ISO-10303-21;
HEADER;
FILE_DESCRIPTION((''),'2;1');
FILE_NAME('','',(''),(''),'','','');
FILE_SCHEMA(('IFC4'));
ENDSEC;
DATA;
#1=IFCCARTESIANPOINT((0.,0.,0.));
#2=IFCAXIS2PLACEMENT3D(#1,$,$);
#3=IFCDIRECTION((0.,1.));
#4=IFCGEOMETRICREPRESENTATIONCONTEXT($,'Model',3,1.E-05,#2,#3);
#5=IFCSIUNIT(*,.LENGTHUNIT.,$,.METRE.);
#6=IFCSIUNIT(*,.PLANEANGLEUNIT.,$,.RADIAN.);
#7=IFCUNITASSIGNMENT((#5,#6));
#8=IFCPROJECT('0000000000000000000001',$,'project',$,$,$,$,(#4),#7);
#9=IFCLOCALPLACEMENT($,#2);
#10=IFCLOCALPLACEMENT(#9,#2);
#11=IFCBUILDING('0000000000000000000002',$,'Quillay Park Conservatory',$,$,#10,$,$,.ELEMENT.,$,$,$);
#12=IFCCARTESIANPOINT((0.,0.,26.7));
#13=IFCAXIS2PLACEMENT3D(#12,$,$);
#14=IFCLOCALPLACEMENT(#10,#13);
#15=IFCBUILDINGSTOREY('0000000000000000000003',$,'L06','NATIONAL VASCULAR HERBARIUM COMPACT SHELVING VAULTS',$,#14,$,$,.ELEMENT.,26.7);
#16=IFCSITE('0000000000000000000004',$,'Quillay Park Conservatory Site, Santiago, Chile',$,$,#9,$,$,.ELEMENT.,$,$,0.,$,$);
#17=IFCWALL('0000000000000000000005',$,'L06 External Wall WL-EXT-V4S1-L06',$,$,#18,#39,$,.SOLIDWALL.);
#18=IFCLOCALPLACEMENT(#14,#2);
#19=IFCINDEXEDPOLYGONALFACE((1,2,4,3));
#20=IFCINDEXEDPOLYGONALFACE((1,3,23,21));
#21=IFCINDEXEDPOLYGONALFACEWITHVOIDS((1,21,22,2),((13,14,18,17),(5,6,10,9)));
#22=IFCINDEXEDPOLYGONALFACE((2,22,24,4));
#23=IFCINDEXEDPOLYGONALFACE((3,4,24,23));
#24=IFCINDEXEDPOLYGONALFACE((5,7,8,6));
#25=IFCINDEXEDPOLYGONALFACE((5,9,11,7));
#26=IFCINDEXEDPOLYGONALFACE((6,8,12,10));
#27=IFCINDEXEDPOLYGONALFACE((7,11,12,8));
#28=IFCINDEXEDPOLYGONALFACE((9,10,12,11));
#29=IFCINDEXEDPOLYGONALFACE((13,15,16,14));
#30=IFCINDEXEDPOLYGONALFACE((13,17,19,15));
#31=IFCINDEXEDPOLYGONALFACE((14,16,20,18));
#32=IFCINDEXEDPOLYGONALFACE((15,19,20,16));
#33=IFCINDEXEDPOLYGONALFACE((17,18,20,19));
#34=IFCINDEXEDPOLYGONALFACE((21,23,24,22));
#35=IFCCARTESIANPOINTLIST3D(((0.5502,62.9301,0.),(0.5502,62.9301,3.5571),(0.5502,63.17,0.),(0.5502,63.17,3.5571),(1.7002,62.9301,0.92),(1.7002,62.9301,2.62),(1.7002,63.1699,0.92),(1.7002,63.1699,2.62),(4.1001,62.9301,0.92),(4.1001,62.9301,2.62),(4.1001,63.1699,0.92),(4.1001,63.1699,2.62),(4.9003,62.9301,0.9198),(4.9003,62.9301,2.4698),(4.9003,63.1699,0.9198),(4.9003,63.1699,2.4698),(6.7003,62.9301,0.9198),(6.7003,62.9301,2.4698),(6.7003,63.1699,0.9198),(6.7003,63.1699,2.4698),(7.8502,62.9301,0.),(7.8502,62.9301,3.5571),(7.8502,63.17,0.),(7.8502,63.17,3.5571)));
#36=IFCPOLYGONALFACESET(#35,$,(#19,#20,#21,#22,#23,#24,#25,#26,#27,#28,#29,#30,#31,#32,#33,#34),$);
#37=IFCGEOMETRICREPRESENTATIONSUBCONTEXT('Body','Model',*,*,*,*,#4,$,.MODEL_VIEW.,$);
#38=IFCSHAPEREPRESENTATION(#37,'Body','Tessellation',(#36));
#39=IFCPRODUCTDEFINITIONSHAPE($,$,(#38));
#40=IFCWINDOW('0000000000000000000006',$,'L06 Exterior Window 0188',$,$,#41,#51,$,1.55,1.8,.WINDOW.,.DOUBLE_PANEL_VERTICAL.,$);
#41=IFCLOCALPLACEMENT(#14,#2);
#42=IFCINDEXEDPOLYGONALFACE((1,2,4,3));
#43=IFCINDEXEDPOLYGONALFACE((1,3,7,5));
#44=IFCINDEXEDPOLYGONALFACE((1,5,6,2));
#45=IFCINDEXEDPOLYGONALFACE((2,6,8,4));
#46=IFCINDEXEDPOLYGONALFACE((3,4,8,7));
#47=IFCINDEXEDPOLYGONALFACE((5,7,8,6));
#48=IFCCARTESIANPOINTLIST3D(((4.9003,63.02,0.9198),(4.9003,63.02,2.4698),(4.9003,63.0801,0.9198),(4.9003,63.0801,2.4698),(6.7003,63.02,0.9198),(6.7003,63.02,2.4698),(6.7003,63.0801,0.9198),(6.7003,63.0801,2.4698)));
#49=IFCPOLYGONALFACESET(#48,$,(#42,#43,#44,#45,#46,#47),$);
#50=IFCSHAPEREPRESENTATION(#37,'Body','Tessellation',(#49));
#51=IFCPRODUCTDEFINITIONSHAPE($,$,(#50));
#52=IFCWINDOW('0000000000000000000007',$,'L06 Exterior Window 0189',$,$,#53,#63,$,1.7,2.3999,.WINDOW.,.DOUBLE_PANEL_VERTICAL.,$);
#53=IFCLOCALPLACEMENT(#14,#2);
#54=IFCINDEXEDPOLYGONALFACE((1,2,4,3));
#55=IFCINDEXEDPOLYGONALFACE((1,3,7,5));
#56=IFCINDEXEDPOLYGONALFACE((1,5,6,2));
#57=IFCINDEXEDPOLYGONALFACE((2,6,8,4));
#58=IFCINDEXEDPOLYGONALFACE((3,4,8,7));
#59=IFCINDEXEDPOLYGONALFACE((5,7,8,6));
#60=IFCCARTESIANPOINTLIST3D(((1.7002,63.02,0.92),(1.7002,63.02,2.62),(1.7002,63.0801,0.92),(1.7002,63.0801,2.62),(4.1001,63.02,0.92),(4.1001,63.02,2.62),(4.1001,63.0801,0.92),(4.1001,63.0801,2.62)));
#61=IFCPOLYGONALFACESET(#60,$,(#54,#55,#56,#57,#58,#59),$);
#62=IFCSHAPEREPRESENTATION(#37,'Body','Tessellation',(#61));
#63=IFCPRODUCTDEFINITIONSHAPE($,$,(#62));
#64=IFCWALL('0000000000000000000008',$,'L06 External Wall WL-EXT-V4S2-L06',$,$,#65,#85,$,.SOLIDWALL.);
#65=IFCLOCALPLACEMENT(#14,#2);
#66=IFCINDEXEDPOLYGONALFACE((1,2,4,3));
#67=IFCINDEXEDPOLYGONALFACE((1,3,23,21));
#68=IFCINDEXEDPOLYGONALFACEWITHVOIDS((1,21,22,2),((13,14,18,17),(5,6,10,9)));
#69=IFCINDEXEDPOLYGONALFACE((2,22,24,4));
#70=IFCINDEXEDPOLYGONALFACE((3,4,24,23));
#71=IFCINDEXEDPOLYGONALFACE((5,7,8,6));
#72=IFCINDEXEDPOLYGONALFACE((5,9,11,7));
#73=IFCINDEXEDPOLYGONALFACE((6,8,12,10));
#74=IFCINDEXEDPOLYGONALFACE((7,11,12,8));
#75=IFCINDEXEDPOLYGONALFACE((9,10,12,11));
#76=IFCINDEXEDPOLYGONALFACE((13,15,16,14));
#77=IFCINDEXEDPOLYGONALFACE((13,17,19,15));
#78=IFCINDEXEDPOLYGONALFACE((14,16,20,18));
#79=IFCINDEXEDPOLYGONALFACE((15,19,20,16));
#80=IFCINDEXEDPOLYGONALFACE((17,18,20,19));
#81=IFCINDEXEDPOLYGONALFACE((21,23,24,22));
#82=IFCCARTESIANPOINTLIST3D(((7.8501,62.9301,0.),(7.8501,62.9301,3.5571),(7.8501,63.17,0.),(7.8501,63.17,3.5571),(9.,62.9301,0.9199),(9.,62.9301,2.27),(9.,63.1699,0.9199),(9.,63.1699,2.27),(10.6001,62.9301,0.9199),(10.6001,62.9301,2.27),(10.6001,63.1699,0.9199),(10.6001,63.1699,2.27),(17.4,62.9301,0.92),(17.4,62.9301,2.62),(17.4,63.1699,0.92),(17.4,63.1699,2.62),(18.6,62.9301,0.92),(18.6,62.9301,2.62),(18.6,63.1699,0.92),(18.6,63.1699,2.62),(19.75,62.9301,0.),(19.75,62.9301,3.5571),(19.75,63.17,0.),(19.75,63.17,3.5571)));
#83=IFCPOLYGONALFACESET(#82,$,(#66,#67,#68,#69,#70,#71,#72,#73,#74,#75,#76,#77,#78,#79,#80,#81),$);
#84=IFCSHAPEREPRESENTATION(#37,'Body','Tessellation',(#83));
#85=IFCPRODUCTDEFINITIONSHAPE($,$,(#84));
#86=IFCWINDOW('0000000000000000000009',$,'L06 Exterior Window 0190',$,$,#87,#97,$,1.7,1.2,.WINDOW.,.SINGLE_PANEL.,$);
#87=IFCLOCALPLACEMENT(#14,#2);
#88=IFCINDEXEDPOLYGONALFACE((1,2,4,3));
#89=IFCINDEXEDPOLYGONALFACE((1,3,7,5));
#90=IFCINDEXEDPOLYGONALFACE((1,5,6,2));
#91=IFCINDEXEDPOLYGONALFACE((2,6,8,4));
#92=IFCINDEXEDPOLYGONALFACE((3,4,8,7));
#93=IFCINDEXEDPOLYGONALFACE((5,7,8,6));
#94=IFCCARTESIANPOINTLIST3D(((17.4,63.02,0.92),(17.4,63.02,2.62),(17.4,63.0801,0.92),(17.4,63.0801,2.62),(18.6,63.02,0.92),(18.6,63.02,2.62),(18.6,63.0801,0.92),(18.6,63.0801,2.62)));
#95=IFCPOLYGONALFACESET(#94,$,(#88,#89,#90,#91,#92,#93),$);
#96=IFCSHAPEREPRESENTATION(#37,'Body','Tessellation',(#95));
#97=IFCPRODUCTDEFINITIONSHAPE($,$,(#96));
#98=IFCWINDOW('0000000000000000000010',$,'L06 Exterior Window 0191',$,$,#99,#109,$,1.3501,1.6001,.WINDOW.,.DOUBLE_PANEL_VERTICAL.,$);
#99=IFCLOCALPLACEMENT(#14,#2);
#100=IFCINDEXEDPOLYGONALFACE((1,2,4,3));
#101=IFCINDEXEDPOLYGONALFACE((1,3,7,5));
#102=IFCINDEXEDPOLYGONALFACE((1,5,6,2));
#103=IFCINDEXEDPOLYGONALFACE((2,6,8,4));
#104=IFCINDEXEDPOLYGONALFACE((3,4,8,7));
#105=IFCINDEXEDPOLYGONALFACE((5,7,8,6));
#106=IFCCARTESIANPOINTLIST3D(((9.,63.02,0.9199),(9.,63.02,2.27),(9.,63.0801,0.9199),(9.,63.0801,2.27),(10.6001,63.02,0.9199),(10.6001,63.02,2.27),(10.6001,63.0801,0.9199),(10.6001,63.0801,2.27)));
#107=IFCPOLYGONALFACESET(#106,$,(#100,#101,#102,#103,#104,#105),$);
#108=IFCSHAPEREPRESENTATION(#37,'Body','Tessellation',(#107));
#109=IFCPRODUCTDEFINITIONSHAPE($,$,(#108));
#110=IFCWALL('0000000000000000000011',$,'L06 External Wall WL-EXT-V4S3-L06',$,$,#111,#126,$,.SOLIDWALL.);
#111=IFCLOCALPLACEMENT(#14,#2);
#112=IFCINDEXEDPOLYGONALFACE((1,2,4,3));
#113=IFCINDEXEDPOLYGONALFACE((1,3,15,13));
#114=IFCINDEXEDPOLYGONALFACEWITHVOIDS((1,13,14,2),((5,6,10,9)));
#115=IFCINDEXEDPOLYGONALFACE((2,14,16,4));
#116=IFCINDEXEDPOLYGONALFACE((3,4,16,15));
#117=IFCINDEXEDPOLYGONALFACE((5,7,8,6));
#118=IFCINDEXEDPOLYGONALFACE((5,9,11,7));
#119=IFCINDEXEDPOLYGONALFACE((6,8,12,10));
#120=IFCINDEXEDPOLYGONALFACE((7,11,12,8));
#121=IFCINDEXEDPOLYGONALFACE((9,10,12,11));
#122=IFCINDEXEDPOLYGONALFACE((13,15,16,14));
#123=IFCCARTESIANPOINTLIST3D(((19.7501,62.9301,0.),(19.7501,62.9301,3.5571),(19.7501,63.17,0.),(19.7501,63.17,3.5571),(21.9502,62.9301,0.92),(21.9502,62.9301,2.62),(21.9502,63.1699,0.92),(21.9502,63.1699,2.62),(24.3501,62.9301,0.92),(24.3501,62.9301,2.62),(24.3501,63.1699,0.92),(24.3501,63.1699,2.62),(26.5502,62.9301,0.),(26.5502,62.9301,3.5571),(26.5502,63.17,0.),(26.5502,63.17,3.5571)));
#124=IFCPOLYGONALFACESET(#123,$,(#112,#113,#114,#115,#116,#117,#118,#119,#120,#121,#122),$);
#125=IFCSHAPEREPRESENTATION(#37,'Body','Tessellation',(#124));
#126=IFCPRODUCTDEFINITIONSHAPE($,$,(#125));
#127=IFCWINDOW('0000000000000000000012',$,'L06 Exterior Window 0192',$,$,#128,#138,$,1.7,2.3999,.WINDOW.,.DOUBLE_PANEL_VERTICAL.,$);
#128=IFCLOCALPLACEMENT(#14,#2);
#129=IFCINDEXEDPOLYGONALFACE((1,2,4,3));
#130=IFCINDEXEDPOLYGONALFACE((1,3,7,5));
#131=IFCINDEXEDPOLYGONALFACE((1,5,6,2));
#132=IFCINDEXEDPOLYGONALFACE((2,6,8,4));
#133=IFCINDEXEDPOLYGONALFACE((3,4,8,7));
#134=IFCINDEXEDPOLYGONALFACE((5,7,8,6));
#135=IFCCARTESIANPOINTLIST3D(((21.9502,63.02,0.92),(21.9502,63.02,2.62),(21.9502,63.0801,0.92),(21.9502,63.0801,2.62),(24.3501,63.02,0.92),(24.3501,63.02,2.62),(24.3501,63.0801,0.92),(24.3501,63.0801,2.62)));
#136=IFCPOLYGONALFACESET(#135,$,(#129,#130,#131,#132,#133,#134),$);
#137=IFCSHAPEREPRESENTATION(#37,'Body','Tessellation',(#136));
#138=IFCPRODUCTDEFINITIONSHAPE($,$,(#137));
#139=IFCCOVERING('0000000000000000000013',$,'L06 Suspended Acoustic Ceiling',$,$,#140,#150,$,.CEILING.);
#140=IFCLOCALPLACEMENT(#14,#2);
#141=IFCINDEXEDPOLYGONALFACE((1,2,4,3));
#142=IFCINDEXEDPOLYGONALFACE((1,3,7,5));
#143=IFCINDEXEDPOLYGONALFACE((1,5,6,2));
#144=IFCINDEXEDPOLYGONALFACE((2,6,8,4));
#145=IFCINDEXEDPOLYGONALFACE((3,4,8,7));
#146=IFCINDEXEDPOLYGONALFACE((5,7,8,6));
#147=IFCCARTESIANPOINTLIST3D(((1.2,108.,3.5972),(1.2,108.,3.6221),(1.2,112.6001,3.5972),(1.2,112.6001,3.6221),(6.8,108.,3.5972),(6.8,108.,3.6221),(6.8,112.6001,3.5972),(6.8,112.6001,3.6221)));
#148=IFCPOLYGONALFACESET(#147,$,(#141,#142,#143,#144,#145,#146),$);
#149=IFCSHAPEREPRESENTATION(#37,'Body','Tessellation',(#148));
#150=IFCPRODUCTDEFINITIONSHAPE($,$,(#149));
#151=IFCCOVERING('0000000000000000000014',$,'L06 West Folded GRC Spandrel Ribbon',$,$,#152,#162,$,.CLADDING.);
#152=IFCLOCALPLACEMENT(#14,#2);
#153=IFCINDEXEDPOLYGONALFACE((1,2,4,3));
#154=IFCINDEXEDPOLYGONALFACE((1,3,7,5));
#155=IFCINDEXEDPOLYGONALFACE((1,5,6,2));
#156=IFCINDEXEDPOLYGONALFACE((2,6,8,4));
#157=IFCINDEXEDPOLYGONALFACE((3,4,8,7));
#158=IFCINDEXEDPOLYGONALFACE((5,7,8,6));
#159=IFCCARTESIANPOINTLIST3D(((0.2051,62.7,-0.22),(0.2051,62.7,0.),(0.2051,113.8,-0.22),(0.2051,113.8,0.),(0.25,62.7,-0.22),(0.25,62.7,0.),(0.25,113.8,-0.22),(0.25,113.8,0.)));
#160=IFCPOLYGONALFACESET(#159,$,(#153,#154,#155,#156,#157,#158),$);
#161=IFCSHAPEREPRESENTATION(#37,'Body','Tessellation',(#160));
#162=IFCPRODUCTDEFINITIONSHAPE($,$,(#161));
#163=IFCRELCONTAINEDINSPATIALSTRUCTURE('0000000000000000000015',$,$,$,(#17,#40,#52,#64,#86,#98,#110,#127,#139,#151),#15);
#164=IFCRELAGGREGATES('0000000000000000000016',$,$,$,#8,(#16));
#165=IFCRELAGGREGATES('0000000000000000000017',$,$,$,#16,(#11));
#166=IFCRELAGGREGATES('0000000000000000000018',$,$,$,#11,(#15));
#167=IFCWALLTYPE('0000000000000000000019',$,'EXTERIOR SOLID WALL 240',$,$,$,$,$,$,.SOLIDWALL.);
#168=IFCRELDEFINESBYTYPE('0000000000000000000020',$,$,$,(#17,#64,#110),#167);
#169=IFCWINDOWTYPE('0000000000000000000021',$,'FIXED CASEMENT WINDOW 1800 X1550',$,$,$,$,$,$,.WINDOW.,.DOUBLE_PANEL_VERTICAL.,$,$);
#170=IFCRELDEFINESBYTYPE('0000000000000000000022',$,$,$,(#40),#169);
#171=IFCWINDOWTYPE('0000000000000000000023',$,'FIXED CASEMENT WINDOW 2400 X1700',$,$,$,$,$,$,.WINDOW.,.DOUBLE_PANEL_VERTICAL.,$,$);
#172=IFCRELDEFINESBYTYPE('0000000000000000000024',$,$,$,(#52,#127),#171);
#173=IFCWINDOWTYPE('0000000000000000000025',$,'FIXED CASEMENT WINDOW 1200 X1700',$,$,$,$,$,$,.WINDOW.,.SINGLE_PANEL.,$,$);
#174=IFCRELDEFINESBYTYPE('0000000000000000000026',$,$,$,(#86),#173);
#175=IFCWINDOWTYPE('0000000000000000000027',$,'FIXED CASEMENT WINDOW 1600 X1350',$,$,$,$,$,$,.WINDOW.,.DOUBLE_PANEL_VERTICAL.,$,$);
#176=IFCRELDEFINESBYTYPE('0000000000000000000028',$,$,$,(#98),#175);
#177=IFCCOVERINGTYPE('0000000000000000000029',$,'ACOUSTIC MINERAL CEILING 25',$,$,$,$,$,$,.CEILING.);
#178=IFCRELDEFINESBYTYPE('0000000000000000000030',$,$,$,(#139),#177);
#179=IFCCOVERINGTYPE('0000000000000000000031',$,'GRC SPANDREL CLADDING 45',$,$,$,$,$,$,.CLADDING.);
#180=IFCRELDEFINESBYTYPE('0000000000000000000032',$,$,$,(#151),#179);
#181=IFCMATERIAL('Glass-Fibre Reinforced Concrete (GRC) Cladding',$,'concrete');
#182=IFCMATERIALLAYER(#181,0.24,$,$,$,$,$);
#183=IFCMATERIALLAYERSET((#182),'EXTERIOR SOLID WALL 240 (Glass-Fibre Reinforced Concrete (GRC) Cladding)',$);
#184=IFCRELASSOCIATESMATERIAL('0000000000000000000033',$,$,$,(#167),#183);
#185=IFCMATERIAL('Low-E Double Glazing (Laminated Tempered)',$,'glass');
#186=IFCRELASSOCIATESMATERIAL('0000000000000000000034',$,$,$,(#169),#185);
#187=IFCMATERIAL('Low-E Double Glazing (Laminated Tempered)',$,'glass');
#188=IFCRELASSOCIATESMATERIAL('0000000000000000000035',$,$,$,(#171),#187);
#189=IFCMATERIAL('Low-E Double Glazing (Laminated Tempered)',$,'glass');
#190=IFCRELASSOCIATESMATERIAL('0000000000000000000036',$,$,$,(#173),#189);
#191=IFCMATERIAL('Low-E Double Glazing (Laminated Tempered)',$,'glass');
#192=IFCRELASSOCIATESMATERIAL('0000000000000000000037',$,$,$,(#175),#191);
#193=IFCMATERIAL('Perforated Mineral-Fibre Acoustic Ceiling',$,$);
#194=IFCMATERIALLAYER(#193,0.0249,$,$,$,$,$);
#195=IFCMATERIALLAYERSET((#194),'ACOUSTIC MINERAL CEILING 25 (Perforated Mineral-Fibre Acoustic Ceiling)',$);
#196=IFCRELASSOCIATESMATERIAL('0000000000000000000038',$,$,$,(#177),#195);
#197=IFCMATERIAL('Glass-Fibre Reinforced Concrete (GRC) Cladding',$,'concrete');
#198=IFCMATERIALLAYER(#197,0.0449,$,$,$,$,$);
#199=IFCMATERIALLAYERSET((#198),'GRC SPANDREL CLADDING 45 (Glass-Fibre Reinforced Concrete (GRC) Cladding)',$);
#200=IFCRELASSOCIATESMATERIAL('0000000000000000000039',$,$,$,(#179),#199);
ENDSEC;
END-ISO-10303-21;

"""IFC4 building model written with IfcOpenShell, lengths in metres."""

from ifc_helpers import new_model, si_unit, direction, frame, frame_2d, origin, place, context, subcontext, project, spatial, polyline, rectangle, outline, extrude, material, layer, layer_set, type_object, element, fill, save


model = new_model("IFC4")

# Units and contexts
model_context = context("Model", 3, precision=1e-05, world=origin(), true_north=direction((0.0, 1.0)))
body_context = subcontext(model_context, "Body", "Model", "MODEL_VIEW")
ifc_project = project(units=[si_unit("LENGTHUNIT", "METRE"), si_unit("PLANEANGLEUNIT", "RADIAN")], contexts=[model_context])

# Site, building, storey
site_placement = place(None, origin())
site = spatial("IfcSite", under=ifc_project, at=site_placement, Name="Quillay Park Conservatory Site, Santiago, Chile", CompositionType="ELEMENT", RefElevation=0.0)
building_placement = place(site_placement, origin())
building = spatial("IfcBuilding", under=site, at=building_placement, Name="Quillay Park Conservatory", CompositionType="ELEMENT")
storey_placement = place(building_placement, frame((0.0, 0.0, 26.7)))
storey = spatial("IfcBuildingStorey", under=building, at=storey_placement, Name="L06", Description="NATIONAL VASCULAR HERBARIUM COMPACT SHELVING VAULTS", CompositionType="ELEMENT", Elevation=26.7)

# Walls, openings, windows
ifc_material_1 = material(Name="Glass-Fibre Reinforced Concrete (GRC) Cladding", Category="concrete")
ifc_layer_1 = layer(ifc_material_1, 0.24)
ifc_layer_set_1 = layer_set([ifc_layer_1], Name="EXTERIOR SOLID WALL 240 (Glass-Fibre Reinforced Concrete (GRC) Cladding)")
wall_type = type_object("IfcWallType", Name="EXTERIOR SOLID WALL 240", PredefinedType="SOLIDWALL", material=ifc_layer_set_1)
wall_1_placement = place(storey_placement, frame((7.8501, 63.05, 0.0), z_axis=(0.0, 0.0, 1.0), x_axis=(-1.0, 0.0, 0.0)))
wall_1 = element("IfcWall", 1, at=wall_1_placement, inside=storey, type_object=wall_type, Name="L06 External Wall WL-EXT-V4S1-L06", PredefinedType="SOLIDWALL", context=body_context, shape_type="SweptSolid", body=[
    extrude(rectangle(XDim=7.3, YDim=0.24, at=frame_2d((3.6499, 0.0))), origin(), (0.0, 0.0, 1.0), 3.5571),
])
opening_1_placement = place(wall_1_placement, frame((1.1499, 0.0, 0.9199)))
opening_1 = element("IfcOpeningElement", 2, at=opening_1_placement, cuts=wall_1, PredefinedType="OPENING", context=body_context, shape_type="SweptSolid", body=[
    extrude(rectangle(XDim=1.8, YDim=1.55, at=frame_2d((0.8999, 0.7749))), frame((0.0, 0.1201, 0.0), z_axis=(0.0, -1.0, 0.0), x_axis=(1.0, 0.0, 0.0)), (0.0, 0.0, 1.0), 0.24),
])
opening_2_placement = place(wall_1_placement, frame((3.75, 0.0, 0.9199)))
opening_2 = element("IfcOpeningElement", 3, at=opening_2_placement, cuts=wall_1, PredefinedType="OPENING", context=body_context, shape_type="SweptSolid", body=[
    extrude(rectangle(XDim=2.3999, YDim=1.7, at=frame_2d((1.2, 0.8501))), frame((0.0, 0.1201, 0.0), z_axis=(0.0, -1.0, 0.0), x_axis=(1.0, 0.0, 0.0)), (0.0, 0.0, 1.0), 0.24),
])
ifc_material_2 = material(Name="Low-E Double Glazing (Laminated Tempered)", Category="glass")
window_type_1 = type_object("IfcWindowType", Name="FIXED CASEMENT WINDOW 1800 X1550", PartitioningType="DOUBLE_PANEL_VERTICAL", PredefinedType="WINDOW", material=ifc_material_2)
window_1_placement = place(opening_1_placement, origin())
window_1 = element("IfcWindow", 4, at=window_1_placement, inside=storey, type_object=window_type_1, Name="L06 Exterior Window 0188", OverallHeight=1.55, OverallWidth=1.8, PartitioningType="DOUBLE_PANEL_VERTICAL", PredefinedType="WINDOW", context=body_context, shape_type="SweptSolid", body=[
    extrude(rectangle(XDim=1.8, YDim=1.55, at=frame_2d((0.8999, 0.7749))), frame((0.0, 0.03, 0.0), z_axis=(0.0, -1.0, 0.0), x_axis=(1.0, 0.0, 0.0)), (0.0, 0.0, 1.0), 0.0601),
])
fill(opening_1, window_1)
ifc_material_3 = material(Name="Low-E Double Glazing (Laminated Tempered)", Category="glass")
window_type_2 = type_object("IfcWindowType", Name="FIXED CASEMENT WINDOW 2400 X1700", PartitioningType="DOUBLE_PANEL_VERTICAL", PredefinedType="WINDOW", material=ifc_material_3)
window_2_placement = place(opening_2_placement, origin())
window_2 = element("IfcWindow", 5, at=window_2_placement, inside=storey, type_object=window_type_2, Name="L06 Exterior Window 0189", OverallHeight=1.7, OverallWidth=2.3999, PartitioningType="DOUBLE_PANEL_VERTICAL", PredefinedType="WINDOW", context=body_context, shape_type="SweptSolid", body=[
    extrude(rectangle(XDim=2.3999, YDim=1.7, at=frame_2d((1.2, 0.8501))), frame((0.0, 0.03, 0.0), z_axis=(0.0, -1.0, 0.0), x_axis=(1.0, 0.0, 0.0)), (0.0, 0.0, 1.0), 0.0601),
])
fill(opening_2, window_2)
wall_2_placement = place(storey_placement, frame((19.75, 63.05, 0.0), z_axis=(0.0, 0.0, 1.0), x_axis=(-1.0, 0.0, 0.0)))
wall_2 = element("IfcWall", 6, at=wall_2_placement, inside=storey, type_object=wall_type, Name="L06 External Wall WL-EXT-V4S2-L06", PredefinedType="SOLIDWALL", context=body_context, shape_type="SweptSolid", body=[
    extrude(rectangle(XDim=11.8999, YDim=0.24, at=frame_2d((5.95, 0.0))), origin(), (0.0, 0.0, 1.0), 3.5571),
])
opening_3_placement = place(wall_2_placement, frame((1.1499, 0.0, 0.9199)))
opening_3 = element("IfcOpeningElement", 7, at=opening_3_placement, cuts=wall_2, PredefinedType="OPENING", context=body_context, shape_type="SweptSolid", body=[
    extrude(rectangle(XDim=1.2, YDim=1.7, at=frame_2d((0.6001, 0.8501))), frame((0.0, 0.1201, 0.0), z_axis=(0.0, -1.0, 0.0), x_axis=(1.0, 0.0, 0.0)), (0.0, 0.0, 1.0), 0.24),
])
opening_4_placement = place(wall_2_placement, frame((9.1499, 0.0, 0.9199)))
opening_4 = element("IfcOpeningElement", 8, at=opening_4_placement, cuts=wall_2, PredefinedType="OPENING", context=body_context, shape_type="SweptSolid", body=[
    extrude(rectangle(XDim=1.6001, YDim=1.3501, at=frame_2d((0.8, 0.675))), frame((0.0, 0.1201, 0.0), z_axis=(0.0, -1.0, 0.0), x_axis=(1.0, 0.0, 0.0)), (0.0, 0.0, 1.0), 0.24),
])
ifc_material_4 = material(Name="Low-E Double Glazing (Laminated Tempered)", Category="glass")
window_type_3 = type_object("IfcWindowType", Name="FIXED CASEMENT WINDOW 1200 X1700", PartitioningType="SINGLE_PANEL", PredefinedType="WINDOW", material=ifc_material_4)
window_3_placement = place(opening_3_placement, origin())
window_3 = element("IfcWindow", 9, at=window_3_placement, inside=storey, type_object=window_type_3, Name="L06 Exterior Window 0190", OverallHeight=1.7, OverallWidth=1.2, PartitioningType="SINGLE_PANEL", PredefinedType="WINDOW", context=body_context, shape_type="SweptSolid", body=[
    extrude(rectangle(XDim=1.2, YDim=1.7, at=frame_2d((0.6001, 0.8501))), frame((0.0, 0.03, 0.0), z_axis=(0.0, -1.0, 0.0), x_axis=(1.0, 0.0, 0.0)), (0.0, 0.0, 1.0), 0.0601),
])
fill(opening_3, window_3)
ifc_material_5 = material(Name="Low-E Double Glazing (Laminated Tempered)", Category="glass")
window_type_4 = type_object("IfcWindowType", Name="FIXED CASEMENT WINDOW 1600 X1350", PartitioningType="DOUBLE_PANEL_VERTICAL", PredefinedType="WINDOW", material=ifc_material_5)
window_4_placement = place(opening_4_placement, origin())
window_4 = element("IfcWindow", 10, at=window_4_placement, inside=storey, type_object=window_type_4, Name="L06 Exterior Window 0191", OverallHeight=1.3501, OverallWidth=1.6001, PartitioningType="DOUBLE_PANEL_VERTICAL", PredefinedType="WINDOW", context=body_context, shape_type="SweptSolid", body=[
    extrude(rectangle(XDim=1.6001, YDim=1.3501, at=frame_2d((0.8, 0.675))), frame((0.0, 0.03, 0.0), z_axis=(0.0, -1.0, 0.0), x_axis=(1.0, 0.0, 0.0)), (0.0, 0.0, 1.0), 0.0601),
])
fill(opening_4, window_4)

# Wall, opening, window
wall_3_placement = place(storey_placement, frame((26.55, 63.05, 0.0), z_axis=(0.0, 0.0, 1.0), x_axis=(-1.0, 0.0, 0.0)))
wall_3 = element("IfcWall", 11, at=wall_3_placement, inside=storey, type_object=wall_type, Name="L06 External Wall WL-EXT-V4S3-L06", PredefinedType="SOLIDWALL", context=body_context, shape_type="SweptSolid", body=[
    extrude(rectangle(XDim=6.8, YDim=0.24, at=frame_2d((3.3999, 0.0))), origin(), (0.0, 0.0, 1.0), 3.5571),
])
opening_5_placement = place(wall_3_placement, frame((2.2, 0.0, 0.9199)))
opening_5 = element("IfcOpeningElement", 12, at=opening_5_placement, cuts=wall_3, PredefinedType="OPENING", context=body_context, shape_type="SweptSolid", body=[
    extrude(rectangle(XDim=2.3999, YDim=1.7, at=frame_2d((1.2, 0.8501))), frame((0.0, 0.1201, 0.0), z_axis=(0.0, -1.0, 0.0), x_axis=(1.0, 0.0, 0.0)), (0.0, 0.0, 1.0), 0.24),
])
window_5_placement = place(opening_5_placement, origin())
window_5 = element("IfcWindow", 13, at=window_5_placement, inside=storey, type_object=window_type_2, Name="L06 Exterior Window 0192", OverallHeight=1.7, OverallWidth=2.3999, PartitioningType="DOUBLE_PANEL_VERTICAL", PredefinedType="WINDOW", context=body_context, shape_type="SweptSolid", body=[
    extrude(rectangle(XDim=2.3999, YDim=1.7, at=frame_2d((1.2, 0.8501))), frame((0.0, 0.03, 0.0), z_axis=(0.0, -1.0, 0.0), x_axis=(1.0, 0.0, 0.0)), (0.0, 0.0, 1.0), 0.0601),
])
fill(opening_5, window_5)

# Coverings
ifc_material_6 = material(Name="Perforated Mineral-Fibre Acoustic Ceiling")
ifc_layer_2 = layer(ifc_material_6, 0.0249)
ifc_layer_set_2 = layer_set([ifc_layer_2], Name="ACOUSTIC MINERAL CEILING 25 (Perforated Mineral-Fibre Acoustic Ceiling)")
covering_type_1 = type_object("IfcCoveringType", Name="ACOUSTIC MINERAL CEILING 25", PredefinedType="CEILING", material=ifc_layer_set_2)
covering_1_placement = place(storey_placement, frame((0.0, 0.0, 3.5972)))
element("IfcCovering", 14, at=covering_1_placement, inside=storey, type_object=covering_type_1, Name="L06 Suspended Acoustic Ceiling", PredefinedType="CEILING", context=body_context, shape_type="SweptSolid", body=[
    extrude(outline(polyline([(1.2, 108.0), (6.8, 108.0), (6.8, 112.6001), (1.2, 112.6001), (1.2, 108.0)])), origin(), (0.0, 0.0, 1.0), 0.0249),
])
ifc_material_7 = material(Name="Glass-Fibre Reinforced Concrete (GRC) Cladding", Category="concrete")
ifc_layer_3 = layer(ifc_material_7, 0.0449)
ifc_layer_set_3 = layer_set([ifc_layer_3], Name="GRC SPANDREL CLADDING 45 (Glass-Fibre Reinforced Concrete (GRC) Cladding)")
covering_type_2 = type_object("IfcCoveringType", Name="GRC SPANDREL CLADDING 45", PredefinedType="CLADDING", material=ifc_layer_set_3)
covering_2_placement = place(storey_placement, frame((0.0, 0.0, -0.22)))
element("IfcCovering", 15, at=covering_2_placement, inside=storey, type_object=covering_type_2, Name="L06 West Folded GRC Spandrel Ribbon", PredefinedType="CLADDING", context=body_context, shape_type="SweptSolid", body=[
    extrude(outline(polyline([(0.2051, 62.7), (0.25, 62.7), (0.25, 113.8), (0.2051, 113.8), (0.2051, 62.7)])), origin(), (0.0, 0.0, 1.0), 0.22),
])

save(model, "model.ifc")
